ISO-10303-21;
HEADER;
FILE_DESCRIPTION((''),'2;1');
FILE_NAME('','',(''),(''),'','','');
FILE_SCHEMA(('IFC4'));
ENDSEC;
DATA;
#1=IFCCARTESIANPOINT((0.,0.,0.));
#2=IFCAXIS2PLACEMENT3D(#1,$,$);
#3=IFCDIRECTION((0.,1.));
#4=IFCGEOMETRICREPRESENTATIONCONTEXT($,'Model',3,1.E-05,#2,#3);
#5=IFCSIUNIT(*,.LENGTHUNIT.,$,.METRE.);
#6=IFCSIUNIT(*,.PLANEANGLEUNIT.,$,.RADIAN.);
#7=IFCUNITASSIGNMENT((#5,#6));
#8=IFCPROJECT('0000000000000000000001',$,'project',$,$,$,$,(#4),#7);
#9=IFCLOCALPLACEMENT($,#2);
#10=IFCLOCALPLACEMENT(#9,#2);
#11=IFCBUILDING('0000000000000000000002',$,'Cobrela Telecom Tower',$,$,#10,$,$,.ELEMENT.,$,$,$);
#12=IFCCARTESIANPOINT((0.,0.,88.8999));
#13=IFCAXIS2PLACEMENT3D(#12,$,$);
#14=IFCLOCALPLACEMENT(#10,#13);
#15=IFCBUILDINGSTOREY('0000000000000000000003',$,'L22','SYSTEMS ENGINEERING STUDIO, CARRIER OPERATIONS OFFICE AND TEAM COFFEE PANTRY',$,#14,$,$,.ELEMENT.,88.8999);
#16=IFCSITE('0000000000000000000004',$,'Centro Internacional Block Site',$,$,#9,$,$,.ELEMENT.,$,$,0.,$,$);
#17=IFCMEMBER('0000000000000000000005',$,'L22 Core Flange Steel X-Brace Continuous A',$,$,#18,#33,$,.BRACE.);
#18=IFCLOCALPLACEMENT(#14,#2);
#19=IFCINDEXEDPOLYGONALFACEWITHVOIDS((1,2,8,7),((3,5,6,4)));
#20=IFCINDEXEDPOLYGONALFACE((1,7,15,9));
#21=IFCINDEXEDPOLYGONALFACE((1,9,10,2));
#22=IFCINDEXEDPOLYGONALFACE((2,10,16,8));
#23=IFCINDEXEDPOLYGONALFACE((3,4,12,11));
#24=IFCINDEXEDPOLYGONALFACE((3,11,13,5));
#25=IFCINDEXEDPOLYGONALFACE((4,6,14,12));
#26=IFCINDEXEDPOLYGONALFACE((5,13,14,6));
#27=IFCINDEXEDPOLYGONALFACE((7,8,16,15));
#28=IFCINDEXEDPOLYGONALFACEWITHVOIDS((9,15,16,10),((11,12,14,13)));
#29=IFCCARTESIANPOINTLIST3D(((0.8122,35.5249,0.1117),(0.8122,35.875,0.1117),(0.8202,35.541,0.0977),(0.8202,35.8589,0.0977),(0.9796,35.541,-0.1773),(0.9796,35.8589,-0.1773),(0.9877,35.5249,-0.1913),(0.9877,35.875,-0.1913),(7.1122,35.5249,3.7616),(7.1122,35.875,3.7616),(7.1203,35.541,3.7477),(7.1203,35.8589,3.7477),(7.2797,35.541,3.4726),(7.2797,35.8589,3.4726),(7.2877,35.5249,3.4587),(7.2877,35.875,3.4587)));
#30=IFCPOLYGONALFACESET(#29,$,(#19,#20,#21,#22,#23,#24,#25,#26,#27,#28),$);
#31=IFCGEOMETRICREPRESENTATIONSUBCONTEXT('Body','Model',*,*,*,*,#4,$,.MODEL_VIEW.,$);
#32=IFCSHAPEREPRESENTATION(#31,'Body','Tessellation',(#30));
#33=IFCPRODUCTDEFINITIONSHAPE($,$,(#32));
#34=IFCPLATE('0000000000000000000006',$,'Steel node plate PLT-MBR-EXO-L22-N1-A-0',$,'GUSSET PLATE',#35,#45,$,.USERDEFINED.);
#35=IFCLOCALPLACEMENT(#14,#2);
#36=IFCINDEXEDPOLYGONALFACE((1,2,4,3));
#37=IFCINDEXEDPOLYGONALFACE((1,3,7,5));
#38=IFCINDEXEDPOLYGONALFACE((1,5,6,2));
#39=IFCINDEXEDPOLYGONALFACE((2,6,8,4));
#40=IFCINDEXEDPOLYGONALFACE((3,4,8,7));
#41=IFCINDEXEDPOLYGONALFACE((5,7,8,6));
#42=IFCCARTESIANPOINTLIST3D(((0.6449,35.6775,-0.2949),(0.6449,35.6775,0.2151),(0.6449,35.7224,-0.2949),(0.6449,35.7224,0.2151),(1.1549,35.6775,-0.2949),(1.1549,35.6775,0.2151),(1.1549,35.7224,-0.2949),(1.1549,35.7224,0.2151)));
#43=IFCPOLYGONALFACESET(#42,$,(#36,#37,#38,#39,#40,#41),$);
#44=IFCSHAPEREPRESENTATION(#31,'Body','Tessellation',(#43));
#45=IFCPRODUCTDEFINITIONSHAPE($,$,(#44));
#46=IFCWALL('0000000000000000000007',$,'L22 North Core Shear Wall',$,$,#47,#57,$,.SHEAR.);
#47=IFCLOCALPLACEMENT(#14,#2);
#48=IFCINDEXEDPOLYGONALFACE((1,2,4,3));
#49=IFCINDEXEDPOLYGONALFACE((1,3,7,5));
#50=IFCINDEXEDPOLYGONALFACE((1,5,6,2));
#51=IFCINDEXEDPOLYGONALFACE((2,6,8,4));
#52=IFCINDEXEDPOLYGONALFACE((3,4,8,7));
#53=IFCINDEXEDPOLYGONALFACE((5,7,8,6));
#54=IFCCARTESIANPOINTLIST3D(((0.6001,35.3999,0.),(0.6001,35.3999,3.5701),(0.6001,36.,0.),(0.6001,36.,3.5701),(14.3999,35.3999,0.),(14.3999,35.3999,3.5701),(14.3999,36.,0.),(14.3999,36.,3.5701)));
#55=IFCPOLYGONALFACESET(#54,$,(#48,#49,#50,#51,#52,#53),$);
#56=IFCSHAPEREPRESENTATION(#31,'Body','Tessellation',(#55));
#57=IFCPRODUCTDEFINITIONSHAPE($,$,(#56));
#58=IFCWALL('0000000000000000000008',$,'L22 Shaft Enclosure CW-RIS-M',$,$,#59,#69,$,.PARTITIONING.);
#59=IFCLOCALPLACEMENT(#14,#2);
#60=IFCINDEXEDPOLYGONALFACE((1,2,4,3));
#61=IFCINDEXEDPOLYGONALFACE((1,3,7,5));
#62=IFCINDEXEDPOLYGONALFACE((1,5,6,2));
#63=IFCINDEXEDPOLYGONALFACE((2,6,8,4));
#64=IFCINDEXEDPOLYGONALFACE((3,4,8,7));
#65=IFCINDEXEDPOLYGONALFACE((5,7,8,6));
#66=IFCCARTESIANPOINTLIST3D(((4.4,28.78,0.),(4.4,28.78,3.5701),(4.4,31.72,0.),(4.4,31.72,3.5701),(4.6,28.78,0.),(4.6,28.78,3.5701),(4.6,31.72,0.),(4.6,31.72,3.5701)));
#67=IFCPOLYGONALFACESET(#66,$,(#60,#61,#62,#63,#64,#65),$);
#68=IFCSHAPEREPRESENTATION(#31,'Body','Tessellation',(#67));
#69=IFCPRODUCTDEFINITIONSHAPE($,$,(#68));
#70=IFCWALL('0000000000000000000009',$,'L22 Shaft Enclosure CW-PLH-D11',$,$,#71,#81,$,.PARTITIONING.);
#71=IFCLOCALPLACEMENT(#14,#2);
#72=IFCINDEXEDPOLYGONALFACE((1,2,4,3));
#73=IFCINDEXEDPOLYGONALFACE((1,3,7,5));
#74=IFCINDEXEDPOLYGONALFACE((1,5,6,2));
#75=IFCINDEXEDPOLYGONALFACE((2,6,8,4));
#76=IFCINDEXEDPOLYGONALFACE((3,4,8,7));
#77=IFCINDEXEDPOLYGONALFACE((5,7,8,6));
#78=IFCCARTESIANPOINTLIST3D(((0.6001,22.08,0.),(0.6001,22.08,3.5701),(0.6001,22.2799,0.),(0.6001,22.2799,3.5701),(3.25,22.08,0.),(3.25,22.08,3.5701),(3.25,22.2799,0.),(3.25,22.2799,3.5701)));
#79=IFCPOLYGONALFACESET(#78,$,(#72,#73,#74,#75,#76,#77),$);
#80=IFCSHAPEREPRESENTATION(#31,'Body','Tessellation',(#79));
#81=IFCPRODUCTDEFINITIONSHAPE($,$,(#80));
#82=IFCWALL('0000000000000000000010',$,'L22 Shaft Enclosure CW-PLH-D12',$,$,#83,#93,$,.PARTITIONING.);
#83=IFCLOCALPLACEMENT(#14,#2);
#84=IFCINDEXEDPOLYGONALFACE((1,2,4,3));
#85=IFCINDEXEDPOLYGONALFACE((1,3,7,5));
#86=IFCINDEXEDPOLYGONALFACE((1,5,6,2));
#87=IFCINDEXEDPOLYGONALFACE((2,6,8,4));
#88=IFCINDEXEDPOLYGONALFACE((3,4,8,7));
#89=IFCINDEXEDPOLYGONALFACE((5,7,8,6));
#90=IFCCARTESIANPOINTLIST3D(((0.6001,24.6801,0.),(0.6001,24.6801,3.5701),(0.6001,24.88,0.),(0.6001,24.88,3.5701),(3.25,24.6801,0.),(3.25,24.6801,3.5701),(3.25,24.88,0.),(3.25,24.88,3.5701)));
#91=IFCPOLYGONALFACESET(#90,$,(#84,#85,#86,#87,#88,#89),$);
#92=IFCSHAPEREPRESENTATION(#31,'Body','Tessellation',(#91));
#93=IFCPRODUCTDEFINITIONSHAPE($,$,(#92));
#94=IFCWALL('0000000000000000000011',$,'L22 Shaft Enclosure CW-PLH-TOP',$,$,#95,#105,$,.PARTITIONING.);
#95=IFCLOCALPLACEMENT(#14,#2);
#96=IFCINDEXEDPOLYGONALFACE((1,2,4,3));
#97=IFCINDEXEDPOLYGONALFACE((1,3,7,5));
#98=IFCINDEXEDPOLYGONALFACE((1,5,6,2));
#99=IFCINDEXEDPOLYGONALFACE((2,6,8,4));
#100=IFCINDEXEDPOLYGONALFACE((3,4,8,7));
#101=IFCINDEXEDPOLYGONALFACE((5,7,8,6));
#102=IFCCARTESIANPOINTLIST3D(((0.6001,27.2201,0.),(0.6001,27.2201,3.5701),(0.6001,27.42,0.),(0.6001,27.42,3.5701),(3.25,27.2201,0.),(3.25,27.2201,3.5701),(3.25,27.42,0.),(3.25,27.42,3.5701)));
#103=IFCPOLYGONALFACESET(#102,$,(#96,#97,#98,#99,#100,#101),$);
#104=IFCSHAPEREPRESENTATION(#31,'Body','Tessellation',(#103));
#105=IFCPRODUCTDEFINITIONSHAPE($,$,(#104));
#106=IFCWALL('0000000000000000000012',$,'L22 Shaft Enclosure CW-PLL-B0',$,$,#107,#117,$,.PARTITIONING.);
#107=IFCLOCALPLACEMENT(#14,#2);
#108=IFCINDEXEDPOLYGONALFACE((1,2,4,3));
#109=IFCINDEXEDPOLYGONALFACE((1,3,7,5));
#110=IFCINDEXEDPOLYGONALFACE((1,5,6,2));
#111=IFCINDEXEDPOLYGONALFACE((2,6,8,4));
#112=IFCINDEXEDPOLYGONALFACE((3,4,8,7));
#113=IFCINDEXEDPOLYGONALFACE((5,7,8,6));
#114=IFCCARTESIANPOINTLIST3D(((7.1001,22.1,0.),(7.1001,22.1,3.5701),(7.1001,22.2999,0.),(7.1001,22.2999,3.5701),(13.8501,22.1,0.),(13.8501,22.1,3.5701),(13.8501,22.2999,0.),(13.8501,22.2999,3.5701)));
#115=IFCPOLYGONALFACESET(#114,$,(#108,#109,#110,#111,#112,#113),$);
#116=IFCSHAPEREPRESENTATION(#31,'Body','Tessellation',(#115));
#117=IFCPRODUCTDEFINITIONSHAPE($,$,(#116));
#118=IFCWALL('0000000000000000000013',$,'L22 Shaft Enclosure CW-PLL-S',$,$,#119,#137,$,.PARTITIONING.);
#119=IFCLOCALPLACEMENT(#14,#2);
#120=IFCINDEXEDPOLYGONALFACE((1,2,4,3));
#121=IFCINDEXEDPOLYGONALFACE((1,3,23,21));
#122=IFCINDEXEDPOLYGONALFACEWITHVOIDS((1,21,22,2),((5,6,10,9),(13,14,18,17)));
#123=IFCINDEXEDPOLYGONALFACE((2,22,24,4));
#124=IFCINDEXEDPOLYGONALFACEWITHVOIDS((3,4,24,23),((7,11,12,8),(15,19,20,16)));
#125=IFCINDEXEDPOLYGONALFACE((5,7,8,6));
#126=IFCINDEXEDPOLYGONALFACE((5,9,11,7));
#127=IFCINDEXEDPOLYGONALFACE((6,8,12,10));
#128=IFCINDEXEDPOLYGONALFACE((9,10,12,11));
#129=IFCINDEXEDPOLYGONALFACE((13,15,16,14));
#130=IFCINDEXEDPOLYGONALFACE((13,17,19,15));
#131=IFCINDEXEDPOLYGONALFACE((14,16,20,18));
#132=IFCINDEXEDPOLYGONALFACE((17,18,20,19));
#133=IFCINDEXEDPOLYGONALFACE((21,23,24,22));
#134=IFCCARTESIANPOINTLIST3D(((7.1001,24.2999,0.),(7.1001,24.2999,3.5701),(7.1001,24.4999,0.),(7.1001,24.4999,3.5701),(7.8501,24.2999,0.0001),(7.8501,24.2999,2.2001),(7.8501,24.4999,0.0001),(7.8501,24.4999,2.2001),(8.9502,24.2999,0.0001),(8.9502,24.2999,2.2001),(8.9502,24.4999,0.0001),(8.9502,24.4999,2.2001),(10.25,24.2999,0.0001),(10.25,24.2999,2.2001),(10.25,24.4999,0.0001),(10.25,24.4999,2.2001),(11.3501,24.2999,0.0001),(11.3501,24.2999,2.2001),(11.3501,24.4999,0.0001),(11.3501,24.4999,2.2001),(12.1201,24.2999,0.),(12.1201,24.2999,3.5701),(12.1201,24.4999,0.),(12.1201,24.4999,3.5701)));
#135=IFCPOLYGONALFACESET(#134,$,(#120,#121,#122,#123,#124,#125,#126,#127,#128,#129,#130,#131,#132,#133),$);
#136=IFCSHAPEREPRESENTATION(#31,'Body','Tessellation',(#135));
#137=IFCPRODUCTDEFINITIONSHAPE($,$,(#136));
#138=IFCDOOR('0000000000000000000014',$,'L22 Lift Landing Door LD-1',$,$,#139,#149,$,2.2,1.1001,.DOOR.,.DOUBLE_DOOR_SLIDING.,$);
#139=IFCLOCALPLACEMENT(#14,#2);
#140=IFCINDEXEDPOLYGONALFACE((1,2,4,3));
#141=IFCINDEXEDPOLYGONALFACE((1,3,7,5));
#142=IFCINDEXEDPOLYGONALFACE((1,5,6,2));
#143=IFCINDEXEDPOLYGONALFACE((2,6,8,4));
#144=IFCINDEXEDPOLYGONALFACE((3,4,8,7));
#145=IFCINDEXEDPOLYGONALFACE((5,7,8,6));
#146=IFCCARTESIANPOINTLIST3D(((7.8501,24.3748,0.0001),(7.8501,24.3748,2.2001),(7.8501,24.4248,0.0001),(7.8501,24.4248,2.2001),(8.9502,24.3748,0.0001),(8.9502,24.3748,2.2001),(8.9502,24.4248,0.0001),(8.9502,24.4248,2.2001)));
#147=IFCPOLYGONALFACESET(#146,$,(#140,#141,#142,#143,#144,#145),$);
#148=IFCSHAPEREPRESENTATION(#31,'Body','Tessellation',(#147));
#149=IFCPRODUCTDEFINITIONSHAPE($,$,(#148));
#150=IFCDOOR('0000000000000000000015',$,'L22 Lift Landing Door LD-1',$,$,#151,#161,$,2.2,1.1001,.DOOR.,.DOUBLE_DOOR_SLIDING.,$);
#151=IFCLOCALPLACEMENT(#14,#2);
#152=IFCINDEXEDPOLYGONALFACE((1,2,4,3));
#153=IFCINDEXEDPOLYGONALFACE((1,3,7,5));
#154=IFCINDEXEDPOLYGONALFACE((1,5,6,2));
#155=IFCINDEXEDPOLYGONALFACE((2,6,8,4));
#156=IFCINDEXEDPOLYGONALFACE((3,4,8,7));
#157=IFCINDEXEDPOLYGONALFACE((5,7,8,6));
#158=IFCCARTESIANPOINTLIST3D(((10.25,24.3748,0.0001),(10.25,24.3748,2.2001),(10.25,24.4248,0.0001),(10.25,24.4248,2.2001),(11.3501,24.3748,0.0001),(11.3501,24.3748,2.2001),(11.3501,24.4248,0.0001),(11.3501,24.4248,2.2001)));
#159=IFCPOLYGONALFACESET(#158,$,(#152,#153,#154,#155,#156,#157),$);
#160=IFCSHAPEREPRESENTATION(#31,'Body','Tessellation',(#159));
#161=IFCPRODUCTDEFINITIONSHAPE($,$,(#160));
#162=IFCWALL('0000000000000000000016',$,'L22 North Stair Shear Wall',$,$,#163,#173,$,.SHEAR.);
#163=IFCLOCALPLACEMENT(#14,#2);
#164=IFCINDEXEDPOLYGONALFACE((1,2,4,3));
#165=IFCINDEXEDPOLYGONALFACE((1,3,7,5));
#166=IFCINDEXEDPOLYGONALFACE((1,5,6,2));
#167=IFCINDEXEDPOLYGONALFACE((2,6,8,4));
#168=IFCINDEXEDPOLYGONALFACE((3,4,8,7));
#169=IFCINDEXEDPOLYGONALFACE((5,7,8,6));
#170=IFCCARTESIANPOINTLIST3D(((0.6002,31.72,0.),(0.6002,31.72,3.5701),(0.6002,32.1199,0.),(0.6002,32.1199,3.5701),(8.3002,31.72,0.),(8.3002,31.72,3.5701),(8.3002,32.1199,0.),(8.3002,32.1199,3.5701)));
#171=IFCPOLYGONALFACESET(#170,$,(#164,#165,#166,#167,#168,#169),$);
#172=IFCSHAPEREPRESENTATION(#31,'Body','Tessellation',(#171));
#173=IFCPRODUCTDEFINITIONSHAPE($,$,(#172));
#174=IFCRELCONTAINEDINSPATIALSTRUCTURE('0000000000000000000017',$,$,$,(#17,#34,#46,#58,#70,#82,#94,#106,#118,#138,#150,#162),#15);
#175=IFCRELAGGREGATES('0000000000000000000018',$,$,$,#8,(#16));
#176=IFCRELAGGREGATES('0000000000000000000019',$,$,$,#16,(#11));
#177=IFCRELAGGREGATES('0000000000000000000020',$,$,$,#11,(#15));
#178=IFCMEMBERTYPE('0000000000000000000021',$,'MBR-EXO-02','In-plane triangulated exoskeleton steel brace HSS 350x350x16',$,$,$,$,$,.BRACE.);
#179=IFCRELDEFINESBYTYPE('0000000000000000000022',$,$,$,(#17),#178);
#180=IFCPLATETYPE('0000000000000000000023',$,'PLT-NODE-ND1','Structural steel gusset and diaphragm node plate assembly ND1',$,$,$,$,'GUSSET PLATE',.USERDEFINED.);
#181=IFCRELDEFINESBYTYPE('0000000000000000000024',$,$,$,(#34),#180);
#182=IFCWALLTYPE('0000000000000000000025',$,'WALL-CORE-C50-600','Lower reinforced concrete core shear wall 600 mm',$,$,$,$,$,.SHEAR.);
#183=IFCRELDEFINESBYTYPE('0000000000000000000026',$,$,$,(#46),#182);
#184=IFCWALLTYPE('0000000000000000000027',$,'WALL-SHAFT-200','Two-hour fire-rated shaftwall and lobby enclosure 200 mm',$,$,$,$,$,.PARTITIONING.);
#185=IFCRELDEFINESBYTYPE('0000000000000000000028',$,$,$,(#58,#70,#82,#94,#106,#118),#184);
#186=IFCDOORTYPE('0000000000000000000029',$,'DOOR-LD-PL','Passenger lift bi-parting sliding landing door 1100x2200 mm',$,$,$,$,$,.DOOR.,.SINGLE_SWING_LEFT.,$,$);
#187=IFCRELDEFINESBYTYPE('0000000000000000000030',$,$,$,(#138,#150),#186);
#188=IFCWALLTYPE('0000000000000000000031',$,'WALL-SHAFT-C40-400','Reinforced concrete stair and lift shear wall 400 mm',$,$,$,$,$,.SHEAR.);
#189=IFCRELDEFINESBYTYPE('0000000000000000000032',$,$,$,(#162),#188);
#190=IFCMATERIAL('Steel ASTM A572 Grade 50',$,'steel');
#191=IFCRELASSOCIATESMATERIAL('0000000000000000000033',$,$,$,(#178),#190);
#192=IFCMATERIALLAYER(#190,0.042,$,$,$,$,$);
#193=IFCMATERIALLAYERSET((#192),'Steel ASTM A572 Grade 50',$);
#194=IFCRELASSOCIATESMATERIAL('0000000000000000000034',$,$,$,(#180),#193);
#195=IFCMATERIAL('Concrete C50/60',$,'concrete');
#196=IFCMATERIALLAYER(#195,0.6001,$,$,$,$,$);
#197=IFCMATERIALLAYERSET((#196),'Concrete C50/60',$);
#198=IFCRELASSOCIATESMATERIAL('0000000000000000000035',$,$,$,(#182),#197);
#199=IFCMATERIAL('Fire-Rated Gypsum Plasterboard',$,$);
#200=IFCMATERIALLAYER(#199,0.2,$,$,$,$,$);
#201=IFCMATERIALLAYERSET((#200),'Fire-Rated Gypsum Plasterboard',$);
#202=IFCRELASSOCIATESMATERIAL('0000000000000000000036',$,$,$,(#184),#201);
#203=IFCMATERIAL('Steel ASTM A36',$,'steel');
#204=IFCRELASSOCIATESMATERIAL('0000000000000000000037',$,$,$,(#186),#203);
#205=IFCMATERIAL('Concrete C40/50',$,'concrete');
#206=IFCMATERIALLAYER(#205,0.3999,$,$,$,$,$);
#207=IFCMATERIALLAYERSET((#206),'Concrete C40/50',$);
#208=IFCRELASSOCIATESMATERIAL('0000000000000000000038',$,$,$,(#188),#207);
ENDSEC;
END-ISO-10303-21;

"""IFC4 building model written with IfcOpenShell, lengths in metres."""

from ifc_helpers import new_model, si_unit, direction, frame, frame_2d, origin, origin_2d, place, context, subcontext, project, spatial, rectangle, hollow_rectangle, extrude, material, layer, layer_set, material_profile, profile_set, type_object, element, fill, save


model = new_model("IFC4")

# Units and contexts
model_context = context("Model", 3, precision=1e-05, world=origin(), true_north=direction((0.0, 1.0)))
body_context = subcontext(model_context, "Body", "Model", "MODEL_VIEW")
ifc_project = project(units=[si_unit("LENGTHUNIT", "METRE"), si_unit("PLANEANGLEUNIT", "RADIAN")], contexts=[model_context])

# Site, building, storey
site_placement = place(None, origin())
site = spatial("IfcSite", under=ifc_project, at=site_placement, Name="Centro Internacional Block Site", CompositionType="ELEMENT", RefElevation=0.0)
building_placement = place(site_placement, origin())
building = spatial("IfcBuilding", under=site, at=building_placement, Name="Cobrela Telecom Tower", CompositionType="ELEMENT")
storey_placement = place(building_placement, frame((0.0, 0.0, 88.8999)))
storey = spatial("IfcBuildingStorey", under=building, at=storey_placement, Name="L22", Description="SYSTEMS ENGINEERING STUDIO, CARRIER OPERATIONS OFFICE AND TEAM COFFEE PANTRY", CompositionType="ELEMENT", Elevation=88.8999)

# Member
ifc_material_1 = material(Name="Steel ASTM A572 Grade 50", Category="steel")
ifc_material_profile = material_profile(ifc_material_1, hollow_rectangle(XDim=0.3501, YDim=0.3501, WallThickness=0.0161, at=origin_2d()), Name="HSS 350x350x16")
ifc_profile_set = profile_set([ifc_material_profile], Name="Steel ASTM A572 Grade 50")
member_type = type_object("IfcMemberType", Name="MBR-EXO-02", Description="In-plane triangulated exoskeleton steel brace HSS 350x350x16", PredefinedType="BRACE", material=ifc_profile_set)
member_placement = place(storey_placement, frame((0.8999, 35.7, -0.0398), z_axis=(0.865277, 0.0, 0.501294), x_axis=(0.0, 1.0, 0.0)))
element("IfcMember", 1, at=member_placement, inside=storey, type_object=member_type, Name="L22 Core Flange Steel X-Brace Continuous A", PredefinedType="BRACE", context=body_context, shape_type="SweptSolid", body=[
    extrude(hollow_rectangle(XDim=0.3501, YDim=0.3501, WallThickness=0.0161, at=origin_2d()), origin(), (0.0, 0.0, 1.0), 7.281),
])

# Plate
ifc_layer_1 = layer(ifc_material_1, 0.042)
ifc_layer_set_1 = layer_set([ifc_layer_1], Name="Steel ASTM A572 Grade 50")
plate_type = type_object("IfcPlateType", Name="PLT-NODE-ND1", Description="Structural steel gusset and diaphragm node plate assembly ND1", ElementType="GUSSET PLATE", PredefinedType="USERDEFINED", material=ifc_layer_set_1)
plate_placement = place(storey_placement, frame((0.8999, 35.7, -0.2949), z_axis=(0.0, 0.0, 1.0), x_axis=(1.0, 0.0, 0.0)))
element("IfcPlate", 2, at=plate_placement, inside=storey, type_object=plate_type, Name="Steel node plate PLT-MBR-EXO-L22-N1-A-0", ObjectType="GUSSET PLATE", PredefinedType="USERDEFINED", context=body_context, shape_type="SweptSolid", body=[
    extrude(rectangle(XDim=0.51, YDim=0.0449, at=origin_2d()), origin(), (0.0, 0.0, 1.0), 0.51),
])

# Wall
ifc_material_2 = material(Name="Concrete C50/60", Category="concrete")
ifc_layer_2 = layer(ifc_material_2, 0.6001)
ifc_layer_set_2 = layer_set([ifc_layer_2], Name="Concrete C50/60")
wall_type_1 = type_object("IfcWallType", Name="WALL-CORE-C50-600", Description="Lower reinforced concrete core shear wall 600 mm", PredefinedType="SHEAR", material=ifc_layer_set_2)
wall_1_placement = place(storey_placement, frame((0.6001, 35.7, 0.0), z_axis=(0.0, 0.0, 1.0), x_axis=(1.0, 0.0, 0.0)))
element("IfcWall", 3, at=wall_1_placement, inside=storey, type_object=wall_type_1, Name="L22 North Core Shear Wall", PredefinedType="SHEAR", context=body_context, shape_type="SweptSolid", body=[
    extrude(rectangle(XDim=13.7998, YDim=0.6001, at=frame_2d((6.8999, 0.0))), origin(), (0.0, 0.0, 1.0), 3.5701),
])

# Shared definitions
ifc_material_3 = material(Name="Fire-Rated Gypsum Plasterboard")
ifc_layer_3 = layer(ifc_material_3, 0.2)
ifc_layer_set_3 = layer_set([ifc_layer_3], Name="Fire-Rated Gypsum Plasterboard")
wall_type_2 = type_object("IfcWallType", Name="WALL-SHAFT-200", Description="Two-hour fire-rated shaftwall and lobby enclosure 200 mm", PredefinedType="PARTITIONING", material=ifc_layer_set_3)
ifc_material_4 = material(Name="Steel ASTM A36", Category="steel")

# Walls
wall_2_placement = place(storey_placement, frame((4.5, 28.78, 0.0), z_axis=(0.0, 0.0, 1.0), x_axis=(0.0, 1.0, 0.0)))
element("IfcWall", 4, at=wall_2_placement, inside=storey, type_object=wall_type_2, Name="L22 Shaft Enclosure CW-RIS-M", PredefinedType="PARTITIONING", context=body_context, shape_type="SweptSolid", body=[
    extrude(rectangle(XDim=2.9399, YDim=0.2, at=frame_2d((1.47, 0.0))), origin(), (0.0, 0.0, 1.0), 3.5701),
])
for number, where, z_axis, x_axis, name in (
    (5, (0.6001, 22.1799, 0.0), (0.0, 0.0, 1.0), (1.0, 0.0, 0.0), "L22 Shaft Enclosure CW-PLH-D11"),
    (6, (0.6001, 24.78, 0.0), (0.0, 0.0, 1.0), (1.0, 0.0, 0.0), "L22 Shaft Enclosure CW-PLH-D12"),
    (7, (0.6001, 27.3201, 0.0), (0.0, 0.0, 1.0), (1.0, 0.0, 0.0), "L22 Shaft Enclosure CW-PLH-TOP"),
):
    element("IfcWall", number, at=place(storey_placement, frame(where, z_axis=z_axis, x_axis=x_axis)), inside=storey, type_object=wall_type_2, Name=name, PredefinedType="PARTITIONING", context=body_context, shape_type="SweptSolid", body=[
        extrude(rectangle(XDim=2.6499, YDim=0.2, at=frame_2d((1.325, 0.0))), origin(), (0.0, 0.0, 1.0), 3.5701),
    ])
wall_3_placement = place(storey_placement, frame((7.1001, 22.2, 0.0), z_axis=(0.0, 0.0, 1.0), x_axis=(1.0, 0.0, 0.0)))
element("IfcWall", 8, at=wall_3_placement, inside=storey, type_object=wall_type_2, Name="L22 Shaft Enclosure CW-PLL-B0", PredefinedType="PARTITIONING", context=body_context, shape_type="SweptSolid", body=[
    extrude(rectangle(XDim=6.75, YDim=0.2, at=frame_2d((3.375, 0.0))), origin(), (0.0, 0.0, 1.0), 3.5701),
])

# Wall, openings, doors
wall_4_placement = place(storey_placement, frame((7.1001, 24.3999, 0.0), z_axis=(0.0, 0.0, 1.0), x_axis=(1.0, 0.0, 0.0)))
wall_4 = element("IfcWall", 9, at=wall_4_placement, inside=storey, type_object=wall_type_2, Name="L22 Shaft Enclosure CW-PLL-S", PredefinedType="PARTITIONING", context=body_context, shape_type="SweptSolid", body=[
    extrude(rectangle(XDim=5.02, YDim=0.2, at=frame_2d((2.51, 0.0))), origin(), (0.0, 0.0, 1.0), 3.5701),
])
opening_1_placement = place(wall_4_placement, frame((0.75, 0.0, 0.0)))
opening_1 = element("IfcOpeningElement", 10, at=opening_1_placement, cuts=wall_4, PredefinedType="OPENING", context=body_context, shape_type="SweptSolid", body=[
    extrude(rectangle(XDim=1.1001, YDim=2.2, at=frame_2d((0.55, 1.1001))), frame((0.0, 0.1118, 0.0), z_axis=(0.0, -1.0, 0.0), x_axis=(1.0, 0.0, 0.0)), (0.0, 0.0, 1.0), 0.2239),
])
opening_2_placement = place(wall_4_placement, frame((3.1499, 0.0, 0.0)))
opening_2 = element("IfcOpeningElement", 11, at=opening_2_placement, cuts=wall_4, PredefinedType="OPENING", context=body_context, shape_type="SweptSolid", body=[
    extrude(rectangle(XDim=1.1001, YDim=2.2, at=frame_2d((0.55, 1.1001))), frame((0.0, 0.1118, 0.0), z_axis=(0.0, -1.0, 0.0), x_axis=(1.0, 0.0, 0.0)), (0.0, 0.0, 1.0), 0.2239),
])
door_type_1 = type_object("IfcDoorType", Name="DOOR-LD-PL", Description="Passenger lift bi-parting sliding landing door 1100x2200 mm", OperationType="SINGLE_SWING_LEFT", PredefinedType="DOOR", material=ifc_material_4)
door_1_placement = place(opening_1_placement, origin())
door_1 = element("IfcDoor", 12, at=door_1_placement, inside=storey, type_object=door_type_1, Name="L22 Lift Landing Door LD-1", OperationType="DOUBLE_DOOR_SLIDING", OverallHeight=2.2, OverallWidth=1.1001, PredefinedType="DOOR", context=body_context, shape_type="SweptSolid", body=[
    extrude(rectangle(XDim=1.1001, YDim=2.2, at=frame_2d((0.55, 1.1001))), frame((0.0, 0.0249, 0.0), z_axis=(0.0, -1.0, 0.0), x_axis=(1.0, 0.0, 0.0)), (0.0, 0.0, 1.0), 0.05),
])
fill(opening_1, door_1)
door_2_placement = place(opening_2_placement, origin())
door_2 = element("IfcDoor", 13, at=door_2_placement, inside=storey, type_object=door_type_1, Name="L22 Lift Landing Door LD-1", OperationType="DOUBLE_DOOR_SLIDING", OverallHeight=2.2, OverallWidth=1.1001, PredefinedType="DOOR", context=body_context, shape_type="SweptSolid", body=[
    extrude(rectangle(XDim=1.1001, YDim=2.2, at=frame_2d((0.55, 1.1001))), frame((0.0, 0.0249, 0.0), z_axis=(0.0, -1.0, 0.0), x_axis=(1.0, 0.0, 0.0)), (0.0, 0.0, 1.0), 0.05),
])
fill(opening_2, door_2)

# Wall
ifc_material_5 = material(Name="Concrete C40/50", Category="concrete")
ifc_layer_4 = layer(ifc_material_5, 0.3999)
ifc_layer_set_4 = layer_set([ifc_layer_4], Name="Concrete C40/50")
wall_type_3 = type_object("IfcWallType", Name="WALL-SHAFT-C40-400", Description="Reinforced concrete stair and lift shear wall 400 mm", PredefinedType="SHEAR", material=ifc_layer_set_4)
wall_5_placement = place(storey_placement, frame((0.6001, 31.9199, 0.0), z_axis=(0.0, 0.0, 1.0), x_axis=(1.0, 0.0, 0.0)))
element("IfcWall", 14, at=wall_5_placement, inside=storey, type_object=wall_type_3, Name="L22 North Stair Shear Wall", PredefinedType="SHEAR", context=body_context, shape_type="SweptSolid", body=[
    extrude(rectangle(XDim=7.7, YDim=0.3999, at=frame_2d((3.8501, 0.0))), origin(), (0.0, 0.0, 1.0), 3.5701),
])

save(model, "model.ifc")
